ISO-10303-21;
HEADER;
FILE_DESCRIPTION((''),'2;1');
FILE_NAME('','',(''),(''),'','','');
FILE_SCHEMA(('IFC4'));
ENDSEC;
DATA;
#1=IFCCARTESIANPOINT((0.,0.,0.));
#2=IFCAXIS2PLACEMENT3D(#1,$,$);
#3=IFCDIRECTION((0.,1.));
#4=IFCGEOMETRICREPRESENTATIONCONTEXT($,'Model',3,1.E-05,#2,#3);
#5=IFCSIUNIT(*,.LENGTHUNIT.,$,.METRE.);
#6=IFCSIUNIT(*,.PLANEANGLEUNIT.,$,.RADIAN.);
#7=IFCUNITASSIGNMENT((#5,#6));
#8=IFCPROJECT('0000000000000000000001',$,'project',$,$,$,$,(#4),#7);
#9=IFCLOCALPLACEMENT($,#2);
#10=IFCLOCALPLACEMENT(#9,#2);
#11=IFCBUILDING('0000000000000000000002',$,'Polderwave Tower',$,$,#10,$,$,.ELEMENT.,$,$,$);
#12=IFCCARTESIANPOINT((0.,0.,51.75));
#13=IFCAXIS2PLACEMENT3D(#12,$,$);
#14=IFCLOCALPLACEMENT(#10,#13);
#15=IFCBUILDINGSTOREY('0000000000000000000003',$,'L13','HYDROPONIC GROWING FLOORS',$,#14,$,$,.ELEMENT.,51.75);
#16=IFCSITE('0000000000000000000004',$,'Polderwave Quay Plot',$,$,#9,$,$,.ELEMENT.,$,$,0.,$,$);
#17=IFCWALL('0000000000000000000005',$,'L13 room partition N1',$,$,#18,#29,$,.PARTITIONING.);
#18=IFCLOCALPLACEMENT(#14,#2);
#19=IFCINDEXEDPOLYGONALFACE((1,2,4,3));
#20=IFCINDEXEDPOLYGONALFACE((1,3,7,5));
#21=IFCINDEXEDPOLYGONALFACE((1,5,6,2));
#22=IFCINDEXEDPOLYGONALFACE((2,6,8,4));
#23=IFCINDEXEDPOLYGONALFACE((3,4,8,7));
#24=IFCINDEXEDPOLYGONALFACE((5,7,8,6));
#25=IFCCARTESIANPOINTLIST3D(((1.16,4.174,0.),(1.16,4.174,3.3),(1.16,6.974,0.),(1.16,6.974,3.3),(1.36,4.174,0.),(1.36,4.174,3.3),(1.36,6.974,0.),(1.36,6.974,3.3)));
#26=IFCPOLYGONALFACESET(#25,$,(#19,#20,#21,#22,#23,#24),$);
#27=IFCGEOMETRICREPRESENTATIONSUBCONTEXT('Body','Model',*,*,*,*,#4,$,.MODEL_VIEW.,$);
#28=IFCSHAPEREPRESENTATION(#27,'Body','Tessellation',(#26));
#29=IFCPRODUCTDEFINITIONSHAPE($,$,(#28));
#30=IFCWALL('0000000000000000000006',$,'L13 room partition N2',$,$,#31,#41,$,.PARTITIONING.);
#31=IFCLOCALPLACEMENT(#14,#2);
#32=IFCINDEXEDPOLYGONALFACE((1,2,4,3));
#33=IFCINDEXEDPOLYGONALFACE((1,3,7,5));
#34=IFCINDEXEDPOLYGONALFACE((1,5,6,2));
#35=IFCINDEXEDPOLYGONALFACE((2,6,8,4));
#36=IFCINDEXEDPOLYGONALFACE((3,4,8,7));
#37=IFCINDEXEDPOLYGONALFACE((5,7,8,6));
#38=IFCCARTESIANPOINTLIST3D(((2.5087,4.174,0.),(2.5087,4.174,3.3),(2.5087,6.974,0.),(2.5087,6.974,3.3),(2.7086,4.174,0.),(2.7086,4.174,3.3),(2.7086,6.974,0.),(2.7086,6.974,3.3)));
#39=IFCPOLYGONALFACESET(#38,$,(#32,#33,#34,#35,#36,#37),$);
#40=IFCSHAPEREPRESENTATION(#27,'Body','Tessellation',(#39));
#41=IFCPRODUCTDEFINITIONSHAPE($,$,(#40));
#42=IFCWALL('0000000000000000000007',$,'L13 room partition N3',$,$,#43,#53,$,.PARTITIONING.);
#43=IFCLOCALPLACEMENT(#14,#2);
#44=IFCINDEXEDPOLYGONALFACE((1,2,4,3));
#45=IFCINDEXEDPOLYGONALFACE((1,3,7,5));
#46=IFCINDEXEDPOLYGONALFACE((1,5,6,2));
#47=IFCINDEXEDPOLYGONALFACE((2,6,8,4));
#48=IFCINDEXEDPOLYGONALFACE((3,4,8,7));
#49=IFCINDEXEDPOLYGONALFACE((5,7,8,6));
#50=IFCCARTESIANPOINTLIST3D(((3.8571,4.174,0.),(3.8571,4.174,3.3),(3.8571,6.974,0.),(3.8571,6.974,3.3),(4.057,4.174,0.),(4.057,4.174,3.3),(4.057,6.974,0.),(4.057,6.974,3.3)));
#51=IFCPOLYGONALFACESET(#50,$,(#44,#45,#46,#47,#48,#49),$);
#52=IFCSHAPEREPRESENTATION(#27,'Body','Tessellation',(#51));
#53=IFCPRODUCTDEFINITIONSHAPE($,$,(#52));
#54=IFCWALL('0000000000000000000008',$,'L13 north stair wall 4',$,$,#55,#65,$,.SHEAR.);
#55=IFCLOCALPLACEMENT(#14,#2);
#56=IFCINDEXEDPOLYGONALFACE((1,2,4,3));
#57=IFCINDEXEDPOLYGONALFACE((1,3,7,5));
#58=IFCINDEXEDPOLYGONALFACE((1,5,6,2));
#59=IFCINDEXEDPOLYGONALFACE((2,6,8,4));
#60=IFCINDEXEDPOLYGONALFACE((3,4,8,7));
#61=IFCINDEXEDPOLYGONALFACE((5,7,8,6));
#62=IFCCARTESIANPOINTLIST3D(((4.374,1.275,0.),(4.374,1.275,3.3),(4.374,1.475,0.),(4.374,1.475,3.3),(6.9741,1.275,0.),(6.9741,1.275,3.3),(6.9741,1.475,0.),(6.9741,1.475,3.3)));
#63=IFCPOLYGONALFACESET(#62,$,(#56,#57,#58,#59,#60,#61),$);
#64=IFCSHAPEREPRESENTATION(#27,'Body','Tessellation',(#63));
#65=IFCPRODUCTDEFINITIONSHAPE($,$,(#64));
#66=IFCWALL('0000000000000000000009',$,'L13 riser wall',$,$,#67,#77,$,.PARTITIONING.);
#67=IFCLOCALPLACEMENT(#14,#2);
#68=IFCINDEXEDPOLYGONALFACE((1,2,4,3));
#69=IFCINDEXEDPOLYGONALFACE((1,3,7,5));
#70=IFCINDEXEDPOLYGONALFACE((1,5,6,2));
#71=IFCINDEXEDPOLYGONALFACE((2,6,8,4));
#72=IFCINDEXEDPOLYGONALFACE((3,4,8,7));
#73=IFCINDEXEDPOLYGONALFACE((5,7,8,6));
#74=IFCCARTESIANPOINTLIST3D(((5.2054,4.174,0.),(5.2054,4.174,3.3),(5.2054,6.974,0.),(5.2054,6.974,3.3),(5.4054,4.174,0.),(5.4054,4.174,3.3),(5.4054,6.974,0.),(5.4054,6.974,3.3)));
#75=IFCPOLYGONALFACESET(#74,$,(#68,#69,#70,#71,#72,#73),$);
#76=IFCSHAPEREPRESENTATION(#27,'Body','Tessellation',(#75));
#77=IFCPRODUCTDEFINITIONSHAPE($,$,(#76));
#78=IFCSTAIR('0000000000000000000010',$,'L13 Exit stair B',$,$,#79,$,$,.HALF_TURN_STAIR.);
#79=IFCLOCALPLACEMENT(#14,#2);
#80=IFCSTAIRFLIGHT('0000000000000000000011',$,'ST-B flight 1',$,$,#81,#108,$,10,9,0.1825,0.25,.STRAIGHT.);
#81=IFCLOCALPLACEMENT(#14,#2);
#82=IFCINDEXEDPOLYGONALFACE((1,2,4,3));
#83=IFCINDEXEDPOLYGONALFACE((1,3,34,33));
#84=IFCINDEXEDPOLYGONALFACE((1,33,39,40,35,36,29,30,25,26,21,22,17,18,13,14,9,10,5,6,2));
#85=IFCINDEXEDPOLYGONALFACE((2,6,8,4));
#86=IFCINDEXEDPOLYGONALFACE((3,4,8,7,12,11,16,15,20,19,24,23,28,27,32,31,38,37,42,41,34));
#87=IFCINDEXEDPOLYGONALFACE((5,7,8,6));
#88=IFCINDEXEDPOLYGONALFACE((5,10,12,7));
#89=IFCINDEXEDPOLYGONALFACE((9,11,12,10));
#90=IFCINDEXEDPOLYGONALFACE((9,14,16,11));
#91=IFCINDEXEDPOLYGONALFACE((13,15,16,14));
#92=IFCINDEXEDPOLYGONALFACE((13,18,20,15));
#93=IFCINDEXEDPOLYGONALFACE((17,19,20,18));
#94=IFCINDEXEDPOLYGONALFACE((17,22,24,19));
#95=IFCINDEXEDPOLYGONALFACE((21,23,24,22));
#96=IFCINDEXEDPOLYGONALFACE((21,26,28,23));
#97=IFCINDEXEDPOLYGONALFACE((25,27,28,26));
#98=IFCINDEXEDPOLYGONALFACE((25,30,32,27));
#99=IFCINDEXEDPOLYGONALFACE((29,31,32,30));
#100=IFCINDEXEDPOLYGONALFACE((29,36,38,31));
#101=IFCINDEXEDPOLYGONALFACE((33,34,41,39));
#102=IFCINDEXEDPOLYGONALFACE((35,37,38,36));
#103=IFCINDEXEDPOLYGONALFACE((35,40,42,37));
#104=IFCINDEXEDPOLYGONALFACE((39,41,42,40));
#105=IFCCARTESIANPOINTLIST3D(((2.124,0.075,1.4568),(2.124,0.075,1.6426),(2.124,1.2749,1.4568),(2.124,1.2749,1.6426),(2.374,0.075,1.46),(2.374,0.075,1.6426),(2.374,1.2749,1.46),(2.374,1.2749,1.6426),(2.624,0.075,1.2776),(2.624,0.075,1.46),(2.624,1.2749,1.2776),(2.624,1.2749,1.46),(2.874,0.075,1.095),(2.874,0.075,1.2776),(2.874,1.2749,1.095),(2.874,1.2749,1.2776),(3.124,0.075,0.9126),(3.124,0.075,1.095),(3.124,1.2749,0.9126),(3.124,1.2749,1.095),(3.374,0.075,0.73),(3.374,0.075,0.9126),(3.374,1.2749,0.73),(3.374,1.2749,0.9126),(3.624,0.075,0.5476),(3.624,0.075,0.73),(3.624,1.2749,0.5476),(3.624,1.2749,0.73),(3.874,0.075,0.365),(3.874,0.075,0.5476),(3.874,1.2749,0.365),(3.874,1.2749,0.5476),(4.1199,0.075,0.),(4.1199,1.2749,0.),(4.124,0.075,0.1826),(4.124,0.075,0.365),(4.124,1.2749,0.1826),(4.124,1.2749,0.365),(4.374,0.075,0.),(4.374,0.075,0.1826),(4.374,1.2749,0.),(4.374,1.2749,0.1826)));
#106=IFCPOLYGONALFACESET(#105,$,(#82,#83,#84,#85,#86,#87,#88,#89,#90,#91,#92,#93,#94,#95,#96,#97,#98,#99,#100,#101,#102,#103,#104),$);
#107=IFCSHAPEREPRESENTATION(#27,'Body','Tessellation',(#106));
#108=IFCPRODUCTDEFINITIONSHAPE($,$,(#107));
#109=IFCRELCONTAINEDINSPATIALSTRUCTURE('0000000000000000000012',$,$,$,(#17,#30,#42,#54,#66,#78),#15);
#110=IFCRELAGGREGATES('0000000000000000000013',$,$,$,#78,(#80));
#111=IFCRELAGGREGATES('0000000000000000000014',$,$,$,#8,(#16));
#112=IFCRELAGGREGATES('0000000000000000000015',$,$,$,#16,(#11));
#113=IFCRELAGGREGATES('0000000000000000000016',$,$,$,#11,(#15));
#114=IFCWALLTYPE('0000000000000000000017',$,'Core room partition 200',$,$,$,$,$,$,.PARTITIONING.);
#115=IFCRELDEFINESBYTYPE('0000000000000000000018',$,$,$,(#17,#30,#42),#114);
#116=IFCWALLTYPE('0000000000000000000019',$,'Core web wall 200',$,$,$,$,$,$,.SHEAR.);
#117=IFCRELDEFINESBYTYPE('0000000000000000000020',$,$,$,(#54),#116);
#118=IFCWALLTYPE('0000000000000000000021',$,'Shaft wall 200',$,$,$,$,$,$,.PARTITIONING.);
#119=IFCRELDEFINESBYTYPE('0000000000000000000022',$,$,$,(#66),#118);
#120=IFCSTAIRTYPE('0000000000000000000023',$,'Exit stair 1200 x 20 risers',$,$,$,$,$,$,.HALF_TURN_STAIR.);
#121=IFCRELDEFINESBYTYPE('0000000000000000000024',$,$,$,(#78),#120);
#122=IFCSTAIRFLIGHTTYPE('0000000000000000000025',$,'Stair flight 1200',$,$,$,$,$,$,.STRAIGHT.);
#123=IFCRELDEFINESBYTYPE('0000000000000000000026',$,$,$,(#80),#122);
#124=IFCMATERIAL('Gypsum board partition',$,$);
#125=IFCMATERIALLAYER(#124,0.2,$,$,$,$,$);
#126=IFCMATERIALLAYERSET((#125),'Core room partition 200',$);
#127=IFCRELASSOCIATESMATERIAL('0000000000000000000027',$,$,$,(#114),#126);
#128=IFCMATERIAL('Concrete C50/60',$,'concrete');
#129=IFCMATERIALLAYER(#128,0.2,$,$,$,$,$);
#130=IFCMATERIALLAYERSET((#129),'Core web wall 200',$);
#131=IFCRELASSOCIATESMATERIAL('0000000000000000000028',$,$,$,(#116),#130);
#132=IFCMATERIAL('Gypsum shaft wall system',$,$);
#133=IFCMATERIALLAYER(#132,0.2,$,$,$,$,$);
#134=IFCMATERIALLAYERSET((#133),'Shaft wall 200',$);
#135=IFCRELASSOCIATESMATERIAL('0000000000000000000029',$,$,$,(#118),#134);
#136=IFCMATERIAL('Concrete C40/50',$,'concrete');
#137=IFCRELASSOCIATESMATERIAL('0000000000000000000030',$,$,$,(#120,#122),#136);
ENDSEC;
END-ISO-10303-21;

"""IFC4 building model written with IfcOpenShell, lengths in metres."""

from ifc_helpers import new_model, si_unit, direction, frame, frame_2d, origin, place, context, subcontext, project, spatial, polyline, rectangle, outline, extrude, material, layer, layer_set, type_object, element, aggregate, save


model = new_model("IFC4")

# Units and contexts
model_context = context("Model", 3, precision=1e-05, world=origin(), true_north=direction((0.0, 1.0)))
body_context = subcontext(model_context, "Body", "Model", "MODEL_VIEW")
ifc_project = project(units=[si_unit("LENGTHUNIT", "METRE"), si_unit("PLANEANGLEUNIT", "RADIAN")], contexts=[model_context])

# Site, building, storey
site_placement = place(None, origin())
site = spatial("IfcSite", under=ifc_project, at=site_placement, Name="Polderwave Quay Plot", CompositionType="ELEMENT", RefElevation=0.0)
building_placement = place(site_placement, origin())
building = spatial("IfcBuilding", under=site, at=building_placement, Name="Polderwave Tower", CompositionType="ELEMENT")
storey_placement = place(building_placement, frame((0.0, 0.0, 51.75)))
storey = spatial("IfcBuildingStorey", under=building, at=storey_placement, Name="L13", Description="HYDROPONIC GROWING FLOORS", CompositionType="ELEMENT", Elevation=51.75)

# Walls
ifc_material_1 = material(Name="Gypsum board partition")
ifc_layer_1 = layer(ifc_material_1, 0.2)
ifc_layer_set_1 = layer_set([ifc_layer_1], Name="Core room partition 200")
wall_type_1 = type_object("IfcWallType", Name="Core room partition 200", PredefinedType="PARTITIONING", material=ifc_layer_set_1)
for number, where, z_axis, x_axis, name in (
    (1, (1.26, 4.1741, 0.0), (0.0, 0.0, 1.0), (0.0, 1.0, 0.0), "L13 room partition N1"),
    (2, (2.6086, 4.1741, 0.0), (0.0, 0.0, 1.0), (0.0, 1.0, 0.0), "L13 room partition N2"),
    (3, (3.957, 4.1741, 0.0), (0.0, 0.0, 1.0), (0.0, 1.0, 0.0), "L13 room partition N3"),
):
    element("IfcWall", number, at=place(storey_placement, frame(where, z_axis=z_axis, x_axis=x_axis)), inside=storey, type_object=wall_type_1, Name=name, PredefinedType="PARTITIONING", context=body_context, shape_type="SweptSolid", body=[
        extrude(rectangle(XDim=2.8, YDim=0.2, at=frame_2d((1.3999, 0.0))), origin(), (0.0, 0.0, 1.0), 3.3),
    ])
ifc_material_2 = material(Name="Concrete C50/60", Category="concrete")
ifc_layer_2 = layer(ifc_material_2, 0.2)
ifc_layer_set_2 = layer_set([ifc_layer_2], Name="Core web wall 200")
wall_type_2 = type_object("IfcWallType", Name="Core web wall 200", PredefinedType="SHEAR", material=ifc_layer_set_2)
wall_1_placement = place(storey_placement, frame((4.374, 1.375, 0.0), z_axis=(0.0, 0.0, 1.0), x_axis=(1.0, 0.0, 0.0)))
element("IfcWall", 4, at=wall_1_placement, inside=storey, type_object=wall_type_2, Name="L13 north stair wall 4", PredefinedType="SHEAR", context=body_context, shape_type="SweptSolid", body=[
    extrude(rectangle(XDim=2.6001, YDim=0.2, at=frame_2d((1.3, 0.0))), origin(), (0.0, 0.0, 1.0), 3.3),
])
ifc_material_3 = material(Name="Gypsum shaft wall system")
ifc_layer_3 = layer(ifc_material_3, 0.2)
ifc_layer_set_3 = layer_set([ifc_layer_3], Name="Shaft wall 200")
wall_type_3 = type_object("IfcWallType", Name="Shaft wall 200", PredefinedType="PARTITIONING", material=ifc_layer_set_3)
wall_2_placement = place(storey_placement, frame((5.3054, 4.1741, 0.0), z_axis=(0.0, 0.0, 1.0), x_axis=(0.0, 1.0, 0.0)))
element("IfcWall", 5, at=wall_2_placement, inside=storey, type_object=wall_type_3, Name="L13 riser wall", PredefinedType="PARTITIONING", context=body_context, shape_type="SweptSolid", body=[
    extrude(rectangle(XDim=2.8, YDim=0.2, at=frame_2d((1.3999, 0.0))), origin(), (0.0, 0.0, 1.0), 3.3),
])

# Stair, stair flight
ifc_material_4 = material(Name="Concrete C40/50", Category="concrete")
stair_type = type_object("IfcStairType", Name="Exit stair 1200 x 20 risers", PredefinedType="HALF_TURN_STAIR", material=ifc_material_4)
stair_placement = place(storey_placement, origin())
stair = element("IfcStair", 6, at=stair_placement, inside=storey, type_object=stair_type, Name="L13 Exit stair B", PredefinedType="HALF_TURN_STAIR")
stair_flight_type = type_object("IfcStairFlightType", Name="Stair flight 1200", PredefinedType="STRAIGHT", material=ifc_material_4)
stair_flight_placement = place(storey_placement, frame((4.374, 0.675, 0.0), z_axis=(0.0, 0.0, 1.0), x_axis=(-1.0, 0.0, 0.0)))
stair_flight = element("IfcStairFlight", 7, at=stair_flight_placement, type_object=stair_flight_type, Name="ST-B flight 1", NumberOfRisers=10, NumberOfTreads=9, PredefinedType="STRAIGHT", RiserHeight=0.1825, TreadLength=0.25, context=body_context, shape_type="SweptSolid", body=[
    extrude(outline(polyline([(0.0, 0.0), (0.0, 0.1826), (0.25, 0.1826), (0.25, 0.365), (0.5, 0.365), (0.5, 0.5476), (0.75, 0.5476), (0.75, 0.73), (1.0, 0.73), (1.0, 0.9126), (1.25, 0.9126), (1.25, 1.095), (1.5, 1.095), (1.5, 1.2776), (1.75, 1.2776), (1.75, 1.46), (2.0, 1.46), (2.0, 1.6426), (2.25, 1.6426), (2.25, 1.825), (2.25, 1.4568), (0.2542, 0.0), (0.0, 0.0)])), frame((0.0, 0.6001, 0.0), z_axis=(0.0, -1.0, 0.0), x_axis=(1.0, 0.0, 0.0)), (0.0, 0.0, 1.0), 1.2),
])
aggregate(stair, [stair_flight])

save(model, "model.ifc")
